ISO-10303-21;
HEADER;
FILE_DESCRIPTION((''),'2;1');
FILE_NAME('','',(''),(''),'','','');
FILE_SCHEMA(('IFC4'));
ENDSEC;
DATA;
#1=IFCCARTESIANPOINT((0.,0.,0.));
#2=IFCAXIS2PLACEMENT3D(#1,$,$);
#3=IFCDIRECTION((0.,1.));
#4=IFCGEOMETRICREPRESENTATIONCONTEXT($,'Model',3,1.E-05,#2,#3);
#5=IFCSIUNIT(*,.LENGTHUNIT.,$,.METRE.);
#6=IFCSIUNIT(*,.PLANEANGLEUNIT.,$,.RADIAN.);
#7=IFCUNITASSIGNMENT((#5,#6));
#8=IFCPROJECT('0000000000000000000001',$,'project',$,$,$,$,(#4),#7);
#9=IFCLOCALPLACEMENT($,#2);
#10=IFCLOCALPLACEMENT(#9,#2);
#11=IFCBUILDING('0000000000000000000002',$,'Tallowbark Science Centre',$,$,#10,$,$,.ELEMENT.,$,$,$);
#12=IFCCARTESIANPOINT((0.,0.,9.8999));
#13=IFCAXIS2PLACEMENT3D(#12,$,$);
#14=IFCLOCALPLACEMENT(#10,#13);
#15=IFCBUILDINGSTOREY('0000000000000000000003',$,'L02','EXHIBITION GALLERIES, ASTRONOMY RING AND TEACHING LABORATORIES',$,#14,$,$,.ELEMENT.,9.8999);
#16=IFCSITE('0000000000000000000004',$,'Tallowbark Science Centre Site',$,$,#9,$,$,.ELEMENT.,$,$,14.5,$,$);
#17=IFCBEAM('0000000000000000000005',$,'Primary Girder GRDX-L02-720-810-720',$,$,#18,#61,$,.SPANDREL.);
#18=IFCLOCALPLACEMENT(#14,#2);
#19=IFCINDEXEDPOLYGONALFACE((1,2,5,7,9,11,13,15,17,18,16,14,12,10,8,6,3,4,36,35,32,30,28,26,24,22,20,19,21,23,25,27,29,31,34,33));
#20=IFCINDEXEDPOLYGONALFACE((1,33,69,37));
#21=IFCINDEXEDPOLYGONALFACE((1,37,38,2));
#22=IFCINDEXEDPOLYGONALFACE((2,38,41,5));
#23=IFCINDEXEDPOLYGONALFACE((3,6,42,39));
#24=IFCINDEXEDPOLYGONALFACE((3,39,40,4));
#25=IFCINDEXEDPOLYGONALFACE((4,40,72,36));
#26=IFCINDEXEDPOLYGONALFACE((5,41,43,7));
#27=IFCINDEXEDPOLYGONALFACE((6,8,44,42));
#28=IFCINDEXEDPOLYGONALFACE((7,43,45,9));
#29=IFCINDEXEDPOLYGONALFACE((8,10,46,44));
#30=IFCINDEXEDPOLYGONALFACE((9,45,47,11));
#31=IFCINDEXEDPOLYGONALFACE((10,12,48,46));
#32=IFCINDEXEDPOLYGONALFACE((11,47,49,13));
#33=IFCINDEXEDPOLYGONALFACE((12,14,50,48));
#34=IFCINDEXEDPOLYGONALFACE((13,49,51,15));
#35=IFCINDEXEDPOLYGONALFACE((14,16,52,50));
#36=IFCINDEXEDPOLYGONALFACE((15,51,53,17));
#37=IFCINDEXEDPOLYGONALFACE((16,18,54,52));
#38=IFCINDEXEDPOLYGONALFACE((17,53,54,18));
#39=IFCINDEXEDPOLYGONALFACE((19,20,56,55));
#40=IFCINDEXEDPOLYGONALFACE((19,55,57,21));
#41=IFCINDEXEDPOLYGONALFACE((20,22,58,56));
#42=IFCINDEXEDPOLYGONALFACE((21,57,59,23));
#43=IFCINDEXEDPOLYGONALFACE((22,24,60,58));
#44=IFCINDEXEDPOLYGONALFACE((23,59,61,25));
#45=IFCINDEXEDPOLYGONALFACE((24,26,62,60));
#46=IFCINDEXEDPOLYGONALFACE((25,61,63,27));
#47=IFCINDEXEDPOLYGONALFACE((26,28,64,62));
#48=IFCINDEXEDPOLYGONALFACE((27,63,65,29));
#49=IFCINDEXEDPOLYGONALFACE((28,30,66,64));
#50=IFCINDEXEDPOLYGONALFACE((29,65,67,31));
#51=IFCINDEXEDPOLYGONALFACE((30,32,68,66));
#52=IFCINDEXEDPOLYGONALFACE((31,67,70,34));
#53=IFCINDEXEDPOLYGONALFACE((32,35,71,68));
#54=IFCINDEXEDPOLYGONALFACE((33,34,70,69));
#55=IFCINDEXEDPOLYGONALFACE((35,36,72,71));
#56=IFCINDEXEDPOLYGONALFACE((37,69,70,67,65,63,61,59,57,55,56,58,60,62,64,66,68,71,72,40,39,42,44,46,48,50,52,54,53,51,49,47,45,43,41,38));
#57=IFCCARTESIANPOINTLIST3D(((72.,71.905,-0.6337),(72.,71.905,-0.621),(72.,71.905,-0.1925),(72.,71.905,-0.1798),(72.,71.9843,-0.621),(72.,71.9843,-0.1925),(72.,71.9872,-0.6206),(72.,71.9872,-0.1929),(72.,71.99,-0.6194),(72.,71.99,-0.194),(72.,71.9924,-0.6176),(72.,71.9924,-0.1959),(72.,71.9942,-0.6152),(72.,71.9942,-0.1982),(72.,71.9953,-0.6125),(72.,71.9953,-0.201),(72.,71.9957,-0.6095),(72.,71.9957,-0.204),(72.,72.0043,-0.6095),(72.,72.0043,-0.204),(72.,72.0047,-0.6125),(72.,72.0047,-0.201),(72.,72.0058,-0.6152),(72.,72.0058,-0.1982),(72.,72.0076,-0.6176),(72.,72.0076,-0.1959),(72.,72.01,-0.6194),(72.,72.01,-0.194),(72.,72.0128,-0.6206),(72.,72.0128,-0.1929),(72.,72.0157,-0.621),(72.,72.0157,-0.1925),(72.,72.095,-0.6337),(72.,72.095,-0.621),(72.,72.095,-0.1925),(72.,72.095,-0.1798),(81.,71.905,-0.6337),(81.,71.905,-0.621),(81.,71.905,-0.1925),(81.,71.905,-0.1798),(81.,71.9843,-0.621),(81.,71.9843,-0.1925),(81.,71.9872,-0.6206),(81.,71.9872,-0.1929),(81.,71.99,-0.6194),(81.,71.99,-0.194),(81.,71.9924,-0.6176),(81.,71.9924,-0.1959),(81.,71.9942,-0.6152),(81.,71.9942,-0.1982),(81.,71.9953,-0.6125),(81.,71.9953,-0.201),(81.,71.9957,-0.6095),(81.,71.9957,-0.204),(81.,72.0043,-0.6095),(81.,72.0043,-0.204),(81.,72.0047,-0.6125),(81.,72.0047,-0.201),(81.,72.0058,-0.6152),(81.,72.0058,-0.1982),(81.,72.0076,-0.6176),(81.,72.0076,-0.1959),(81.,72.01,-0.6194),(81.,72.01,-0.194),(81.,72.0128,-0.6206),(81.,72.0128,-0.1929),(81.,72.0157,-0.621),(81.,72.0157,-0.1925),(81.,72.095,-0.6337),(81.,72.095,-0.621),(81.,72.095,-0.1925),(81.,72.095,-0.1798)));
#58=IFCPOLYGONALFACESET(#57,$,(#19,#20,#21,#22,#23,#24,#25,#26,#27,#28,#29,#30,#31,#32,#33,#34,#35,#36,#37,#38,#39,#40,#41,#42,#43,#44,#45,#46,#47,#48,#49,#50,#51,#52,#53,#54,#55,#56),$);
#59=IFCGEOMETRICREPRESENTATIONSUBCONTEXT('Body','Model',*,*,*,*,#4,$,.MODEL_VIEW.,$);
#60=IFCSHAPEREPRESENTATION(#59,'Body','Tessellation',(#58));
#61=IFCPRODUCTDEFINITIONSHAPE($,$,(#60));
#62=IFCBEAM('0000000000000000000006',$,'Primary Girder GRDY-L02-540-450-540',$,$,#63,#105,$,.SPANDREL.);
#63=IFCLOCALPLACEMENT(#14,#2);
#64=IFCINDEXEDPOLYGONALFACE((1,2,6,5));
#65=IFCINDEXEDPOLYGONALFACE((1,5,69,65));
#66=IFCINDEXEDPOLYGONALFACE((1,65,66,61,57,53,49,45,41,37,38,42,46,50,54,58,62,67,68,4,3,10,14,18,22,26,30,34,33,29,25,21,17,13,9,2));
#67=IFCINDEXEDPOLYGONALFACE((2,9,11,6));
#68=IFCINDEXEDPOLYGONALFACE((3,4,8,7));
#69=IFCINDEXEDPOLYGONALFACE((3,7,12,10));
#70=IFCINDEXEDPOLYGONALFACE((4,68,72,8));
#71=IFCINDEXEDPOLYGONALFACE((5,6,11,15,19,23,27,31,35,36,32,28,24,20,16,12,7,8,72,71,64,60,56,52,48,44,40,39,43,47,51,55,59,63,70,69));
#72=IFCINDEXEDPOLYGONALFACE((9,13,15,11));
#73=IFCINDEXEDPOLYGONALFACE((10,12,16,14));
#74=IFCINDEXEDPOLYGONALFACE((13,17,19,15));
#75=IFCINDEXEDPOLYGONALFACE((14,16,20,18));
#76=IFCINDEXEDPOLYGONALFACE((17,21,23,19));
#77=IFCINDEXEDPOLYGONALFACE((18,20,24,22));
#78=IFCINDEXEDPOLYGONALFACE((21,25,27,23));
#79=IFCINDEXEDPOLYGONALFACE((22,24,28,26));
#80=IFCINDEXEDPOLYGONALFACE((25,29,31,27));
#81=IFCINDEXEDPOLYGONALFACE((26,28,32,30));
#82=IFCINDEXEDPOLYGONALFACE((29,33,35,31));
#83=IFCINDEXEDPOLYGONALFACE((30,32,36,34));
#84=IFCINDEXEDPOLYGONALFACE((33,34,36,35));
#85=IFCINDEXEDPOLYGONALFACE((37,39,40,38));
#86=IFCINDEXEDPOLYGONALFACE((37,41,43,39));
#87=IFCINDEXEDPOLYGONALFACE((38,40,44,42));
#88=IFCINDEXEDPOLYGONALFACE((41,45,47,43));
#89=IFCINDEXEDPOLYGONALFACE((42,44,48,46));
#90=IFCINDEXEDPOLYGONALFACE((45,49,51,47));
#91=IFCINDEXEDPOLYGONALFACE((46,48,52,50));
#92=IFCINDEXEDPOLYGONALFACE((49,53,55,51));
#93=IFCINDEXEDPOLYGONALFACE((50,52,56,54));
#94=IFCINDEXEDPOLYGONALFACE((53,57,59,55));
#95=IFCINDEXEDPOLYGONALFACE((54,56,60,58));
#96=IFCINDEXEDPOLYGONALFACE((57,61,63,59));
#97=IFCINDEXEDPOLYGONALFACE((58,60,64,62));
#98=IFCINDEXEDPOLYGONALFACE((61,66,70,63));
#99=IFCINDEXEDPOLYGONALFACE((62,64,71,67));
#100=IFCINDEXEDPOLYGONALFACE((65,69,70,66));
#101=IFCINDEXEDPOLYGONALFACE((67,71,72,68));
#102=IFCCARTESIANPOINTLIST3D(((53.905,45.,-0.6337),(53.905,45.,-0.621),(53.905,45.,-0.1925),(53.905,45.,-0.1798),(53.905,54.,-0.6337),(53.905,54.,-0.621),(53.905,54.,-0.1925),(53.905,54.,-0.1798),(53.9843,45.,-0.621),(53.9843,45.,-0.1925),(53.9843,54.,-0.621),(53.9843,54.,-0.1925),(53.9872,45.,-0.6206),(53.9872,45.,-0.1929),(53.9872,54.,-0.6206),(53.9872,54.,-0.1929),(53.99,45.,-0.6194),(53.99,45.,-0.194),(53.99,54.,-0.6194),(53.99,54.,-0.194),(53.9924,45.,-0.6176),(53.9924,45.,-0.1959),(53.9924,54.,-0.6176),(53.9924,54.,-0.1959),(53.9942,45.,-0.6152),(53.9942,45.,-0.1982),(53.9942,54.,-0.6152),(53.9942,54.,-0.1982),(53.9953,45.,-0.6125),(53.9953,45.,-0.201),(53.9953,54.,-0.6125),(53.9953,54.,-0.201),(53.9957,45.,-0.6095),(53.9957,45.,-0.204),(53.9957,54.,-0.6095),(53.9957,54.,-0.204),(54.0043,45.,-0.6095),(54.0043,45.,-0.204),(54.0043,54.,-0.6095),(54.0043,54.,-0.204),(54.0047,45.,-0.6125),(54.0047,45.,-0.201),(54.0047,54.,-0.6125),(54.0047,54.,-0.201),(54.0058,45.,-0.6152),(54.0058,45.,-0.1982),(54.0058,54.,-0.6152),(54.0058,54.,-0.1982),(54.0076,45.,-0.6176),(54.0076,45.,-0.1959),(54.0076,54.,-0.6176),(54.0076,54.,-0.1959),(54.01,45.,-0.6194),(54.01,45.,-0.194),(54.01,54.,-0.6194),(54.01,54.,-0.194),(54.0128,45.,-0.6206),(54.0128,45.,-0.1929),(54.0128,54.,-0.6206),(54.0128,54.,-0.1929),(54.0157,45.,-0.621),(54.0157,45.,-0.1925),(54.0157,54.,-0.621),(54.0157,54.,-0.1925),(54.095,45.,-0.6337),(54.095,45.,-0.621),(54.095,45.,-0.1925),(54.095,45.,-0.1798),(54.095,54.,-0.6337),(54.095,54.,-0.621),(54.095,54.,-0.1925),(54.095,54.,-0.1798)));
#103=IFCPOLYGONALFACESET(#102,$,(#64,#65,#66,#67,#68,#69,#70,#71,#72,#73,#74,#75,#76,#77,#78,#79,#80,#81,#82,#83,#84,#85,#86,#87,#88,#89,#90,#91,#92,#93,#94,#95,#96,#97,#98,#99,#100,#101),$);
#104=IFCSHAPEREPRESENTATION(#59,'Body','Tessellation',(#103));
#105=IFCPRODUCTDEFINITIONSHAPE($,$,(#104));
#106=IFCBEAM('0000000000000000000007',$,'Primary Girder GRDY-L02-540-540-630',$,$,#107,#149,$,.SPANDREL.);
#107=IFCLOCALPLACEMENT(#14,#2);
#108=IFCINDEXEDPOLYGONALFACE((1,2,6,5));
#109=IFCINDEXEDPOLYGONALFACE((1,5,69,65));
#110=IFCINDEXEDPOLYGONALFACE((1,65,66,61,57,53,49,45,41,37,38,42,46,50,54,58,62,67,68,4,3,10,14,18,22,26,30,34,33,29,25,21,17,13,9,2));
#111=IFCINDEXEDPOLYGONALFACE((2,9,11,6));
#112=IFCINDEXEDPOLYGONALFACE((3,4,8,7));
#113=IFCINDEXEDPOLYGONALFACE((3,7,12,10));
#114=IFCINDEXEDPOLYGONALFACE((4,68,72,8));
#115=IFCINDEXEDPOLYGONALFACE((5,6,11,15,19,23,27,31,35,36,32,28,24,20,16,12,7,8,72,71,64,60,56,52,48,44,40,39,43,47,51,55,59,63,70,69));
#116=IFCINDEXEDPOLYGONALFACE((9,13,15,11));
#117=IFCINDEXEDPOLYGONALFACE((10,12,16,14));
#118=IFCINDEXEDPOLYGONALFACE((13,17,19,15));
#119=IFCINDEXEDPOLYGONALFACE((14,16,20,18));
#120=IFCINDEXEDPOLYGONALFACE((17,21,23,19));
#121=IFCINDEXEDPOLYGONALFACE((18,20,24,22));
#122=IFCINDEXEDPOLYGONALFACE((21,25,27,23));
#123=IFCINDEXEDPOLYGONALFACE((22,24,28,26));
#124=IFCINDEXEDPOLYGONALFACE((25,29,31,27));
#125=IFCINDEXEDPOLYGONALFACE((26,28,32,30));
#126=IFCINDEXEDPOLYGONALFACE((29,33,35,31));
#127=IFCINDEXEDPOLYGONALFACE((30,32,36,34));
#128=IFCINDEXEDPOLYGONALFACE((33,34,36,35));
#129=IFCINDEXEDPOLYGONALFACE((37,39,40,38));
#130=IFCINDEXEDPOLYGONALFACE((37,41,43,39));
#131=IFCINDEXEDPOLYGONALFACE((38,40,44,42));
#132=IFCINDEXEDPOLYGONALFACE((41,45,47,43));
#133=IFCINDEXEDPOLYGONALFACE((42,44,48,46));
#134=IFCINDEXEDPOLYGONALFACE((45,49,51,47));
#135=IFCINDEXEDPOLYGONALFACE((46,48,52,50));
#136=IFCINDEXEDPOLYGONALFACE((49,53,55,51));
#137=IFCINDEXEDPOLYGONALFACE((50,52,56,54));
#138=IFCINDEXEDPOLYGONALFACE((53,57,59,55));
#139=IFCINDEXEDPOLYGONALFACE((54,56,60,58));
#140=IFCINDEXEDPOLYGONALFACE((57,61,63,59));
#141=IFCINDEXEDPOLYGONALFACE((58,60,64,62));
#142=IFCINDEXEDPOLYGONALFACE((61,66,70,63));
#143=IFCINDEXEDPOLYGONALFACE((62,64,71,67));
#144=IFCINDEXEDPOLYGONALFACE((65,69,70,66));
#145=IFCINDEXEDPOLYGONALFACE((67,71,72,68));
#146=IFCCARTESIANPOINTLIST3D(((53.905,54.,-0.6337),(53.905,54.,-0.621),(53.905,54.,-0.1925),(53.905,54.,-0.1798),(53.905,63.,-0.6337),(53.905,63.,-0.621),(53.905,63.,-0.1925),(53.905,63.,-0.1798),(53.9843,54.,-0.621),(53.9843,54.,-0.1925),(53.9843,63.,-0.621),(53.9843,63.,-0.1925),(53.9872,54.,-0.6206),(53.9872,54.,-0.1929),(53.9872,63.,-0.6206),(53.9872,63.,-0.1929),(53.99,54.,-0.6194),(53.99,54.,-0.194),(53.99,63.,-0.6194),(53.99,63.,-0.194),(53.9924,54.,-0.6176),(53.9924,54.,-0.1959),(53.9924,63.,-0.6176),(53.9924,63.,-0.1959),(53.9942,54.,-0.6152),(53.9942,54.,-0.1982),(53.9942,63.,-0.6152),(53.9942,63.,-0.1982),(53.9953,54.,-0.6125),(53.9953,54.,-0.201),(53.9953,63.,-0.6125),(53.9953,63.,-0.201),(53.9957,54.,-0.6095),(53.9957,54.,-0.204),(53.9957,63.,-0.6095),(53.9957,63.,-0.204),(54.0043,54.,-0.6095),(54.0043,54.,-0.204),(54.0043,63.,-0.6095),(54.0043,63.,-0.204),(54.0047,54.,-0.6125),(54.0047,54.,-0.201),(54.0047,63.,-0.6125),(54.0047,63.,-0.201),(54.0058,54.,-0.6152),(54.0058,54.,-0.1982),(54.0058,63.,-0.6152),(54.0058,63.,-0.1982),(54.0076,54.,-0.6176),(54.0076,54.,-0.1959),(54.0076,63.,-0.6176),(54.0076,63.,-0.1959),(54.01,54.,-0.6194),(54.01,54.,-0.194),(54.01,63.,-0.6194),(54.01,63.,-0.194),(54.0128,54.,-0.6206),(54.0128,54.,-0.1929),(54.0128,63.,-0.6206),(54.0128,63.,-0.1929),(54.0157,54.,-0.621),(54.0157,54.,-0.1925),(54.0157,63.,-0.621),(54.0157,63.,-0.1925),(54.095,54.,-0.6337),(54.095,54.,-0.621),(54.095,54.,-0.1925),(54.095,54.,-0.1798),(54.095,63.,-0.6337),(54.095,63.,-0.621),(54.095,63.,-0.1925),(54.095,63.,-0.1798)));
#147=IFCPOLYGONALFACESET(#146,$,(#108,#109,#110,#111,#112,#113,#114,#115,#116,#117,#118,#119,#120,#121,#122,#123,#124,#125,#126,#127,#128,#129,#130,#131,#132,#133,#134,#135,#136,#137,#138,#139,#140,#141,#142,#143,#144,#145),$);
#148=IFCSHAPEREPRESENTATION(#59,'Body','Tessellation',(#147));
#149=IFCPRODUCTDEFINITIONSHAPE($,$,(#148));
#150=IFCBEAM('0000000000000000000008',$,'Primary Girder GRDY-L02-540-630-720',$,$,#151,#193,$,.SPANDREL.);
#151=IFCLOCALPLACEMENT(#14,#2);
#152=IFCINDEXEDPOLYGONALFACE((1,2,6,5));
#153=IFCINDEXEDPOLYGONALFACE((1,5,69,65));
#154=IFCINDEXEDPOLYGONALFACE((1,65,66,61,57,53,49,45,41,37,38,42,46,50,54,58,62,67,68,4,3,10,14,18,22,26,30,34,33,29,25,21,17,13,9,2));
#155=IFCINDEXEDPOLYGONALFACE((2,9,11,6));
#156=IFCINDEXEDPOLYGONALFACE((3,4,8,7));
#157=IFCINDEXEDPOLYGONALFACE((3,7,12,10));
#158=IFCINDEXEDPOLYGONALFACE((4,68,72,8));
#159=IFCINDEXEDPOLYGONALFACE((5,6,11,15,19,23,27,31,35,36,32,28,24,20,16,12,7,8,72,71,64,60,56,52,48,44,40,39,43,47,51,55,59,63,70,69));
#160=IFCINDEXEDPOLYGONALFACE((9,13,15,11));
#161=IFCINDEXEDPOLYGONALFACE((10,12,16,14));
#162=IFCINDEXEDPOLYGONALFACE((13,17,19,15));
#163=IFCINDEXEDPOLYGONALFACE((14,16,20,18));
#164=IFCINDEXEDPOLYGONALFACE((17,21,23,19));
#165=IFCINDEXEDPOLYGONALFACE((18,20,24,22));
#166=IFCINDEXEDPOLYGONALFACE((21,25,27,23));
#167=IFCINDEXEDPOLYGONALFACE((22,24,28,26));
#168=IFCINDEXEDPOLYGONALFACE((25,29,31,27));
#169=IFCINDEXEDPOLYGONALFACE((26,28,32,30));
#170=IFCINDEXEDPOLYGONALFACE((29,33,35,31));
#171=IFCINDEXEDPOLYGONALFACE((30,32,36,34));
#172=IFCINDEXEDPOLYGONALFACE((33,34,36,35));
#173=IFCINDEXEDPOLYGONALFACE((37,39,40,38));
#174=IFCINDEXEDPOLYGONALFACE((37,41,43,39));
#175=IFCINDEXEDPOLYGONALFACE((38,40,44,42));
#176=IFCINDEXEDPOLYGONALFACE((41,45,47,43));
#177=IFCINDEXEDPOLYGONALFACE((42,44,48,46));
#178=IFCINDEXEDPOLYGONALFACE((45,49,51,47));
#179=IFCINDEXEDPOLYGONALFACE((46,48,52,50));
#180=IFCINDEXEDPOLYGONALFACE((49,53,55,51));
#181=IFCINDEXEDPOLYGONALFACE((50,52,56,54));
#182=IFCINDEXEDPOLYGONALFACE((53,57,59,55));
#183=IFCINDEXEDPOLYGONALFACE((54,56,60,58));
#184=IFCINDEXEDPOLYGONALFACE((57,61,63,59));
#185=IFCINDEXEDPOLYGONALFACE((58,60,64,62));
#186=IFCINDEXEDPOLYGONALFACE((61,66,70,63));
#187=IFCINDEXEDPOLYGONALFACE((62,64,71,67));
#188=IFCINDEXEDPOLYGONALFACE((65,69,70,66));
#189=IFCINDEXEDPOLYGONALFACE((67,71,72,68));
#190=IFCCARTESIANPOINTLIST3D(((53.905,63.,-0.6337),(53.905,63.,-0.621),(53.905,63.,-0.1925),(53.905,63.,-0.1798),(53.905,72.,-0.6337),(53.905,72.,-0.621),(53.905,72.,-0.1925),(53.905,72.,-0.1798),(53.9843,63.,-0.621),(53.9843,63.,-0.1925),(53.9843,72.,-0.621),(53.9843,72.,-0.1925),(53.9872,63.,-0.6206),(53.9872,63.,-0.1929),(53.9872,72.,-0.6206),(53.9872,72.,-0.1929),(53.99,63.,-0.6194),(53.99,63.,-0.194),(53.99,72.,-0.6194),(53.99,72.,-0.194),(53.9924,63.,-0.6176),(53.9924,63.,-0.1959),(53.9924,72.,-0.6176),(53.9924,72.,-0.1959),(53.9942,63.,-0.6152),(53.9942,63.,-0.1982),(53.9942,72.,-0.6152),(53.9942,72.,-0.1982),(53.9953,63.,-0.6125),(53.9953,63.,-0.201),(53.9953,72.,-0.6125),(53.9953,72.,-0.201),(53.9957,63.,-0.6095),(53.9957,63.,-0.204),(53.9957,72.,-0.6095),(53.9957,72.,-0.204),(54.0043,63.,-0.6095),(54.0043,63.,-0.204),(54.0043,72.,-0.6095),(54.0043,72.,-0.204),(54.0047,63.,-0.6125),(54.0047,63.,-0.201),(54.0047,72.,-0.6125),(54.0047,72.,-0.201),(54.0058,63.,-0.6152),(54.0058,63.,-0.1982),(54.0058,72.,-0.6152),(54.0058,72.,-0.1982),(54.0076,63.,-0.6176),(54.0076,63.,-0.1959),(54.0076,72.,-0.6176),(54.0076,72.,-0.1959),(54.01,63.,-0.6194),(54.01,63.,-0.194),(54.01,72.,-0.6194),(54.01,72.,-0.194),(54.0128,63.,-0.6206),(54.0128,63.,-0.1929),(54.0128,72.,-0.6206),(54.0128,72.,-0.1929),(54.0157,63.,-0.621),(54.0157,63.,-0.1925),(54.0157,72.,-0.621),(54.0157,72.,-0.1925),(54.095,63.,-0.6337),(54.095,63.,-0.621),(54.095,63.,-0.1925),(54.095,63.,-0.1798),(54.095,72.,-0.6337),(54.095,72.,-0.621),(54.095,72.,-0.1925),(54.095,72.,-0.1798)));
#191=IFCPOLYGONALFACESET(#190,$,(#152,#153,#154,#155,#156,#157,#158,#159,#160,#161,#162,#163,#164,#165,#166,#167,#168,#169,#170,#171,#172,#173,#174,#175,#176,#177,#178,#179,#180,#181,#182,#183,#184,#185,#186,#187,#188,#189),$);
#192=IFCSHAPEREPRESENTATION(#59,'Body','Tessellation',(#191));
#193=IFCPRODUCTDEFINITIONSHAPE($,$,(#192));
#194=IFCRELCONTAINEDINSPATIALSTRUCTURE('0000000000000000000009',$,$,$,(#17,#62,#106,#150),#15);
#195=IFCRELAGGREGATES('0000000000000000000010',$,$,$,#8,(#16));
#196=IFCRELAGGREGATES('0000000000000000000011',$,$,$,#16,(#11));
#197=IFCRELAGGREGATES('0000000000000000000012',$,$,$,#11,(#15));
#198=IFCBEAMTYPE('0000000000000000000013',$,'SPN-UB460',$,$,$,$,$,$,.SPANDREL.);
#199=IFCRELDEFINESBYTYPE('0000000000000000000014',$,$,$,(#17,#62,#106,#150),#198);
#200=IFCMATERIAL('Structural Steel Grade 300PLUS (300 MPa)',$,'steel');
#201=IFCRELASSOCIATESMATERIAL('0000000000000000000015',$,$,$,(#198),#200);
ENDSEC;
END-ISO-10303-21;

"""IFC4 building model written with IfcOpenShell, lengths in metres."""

from ifc_helpers import new_model, si_unit, direction, frame, origin, origin_2d, place, context, subcontext, project, spatial, i_section, extrude, material, material_profile, profile_set, type_object, element, save


model = new_model("IFC4")

# Units and contexts
model_context = context("Model", 3, precision=1e-05, world=origin(), true_north=direction((0.0, 1.0)))
body_context = subcontext(model_context, "Body", "Model", "MODEL_VIEW")
ifc_project = project(units=[si_unit("LENGTHUNIT", "METRE"), si_unit("PLANEANGLEUNIT", "RADIAN")], contexts=[model_context])

# Site, building, storey
site_placement = place(None, origin())
site = spatial("IfcSite", under=ifc_project, at=site_placement, Name="Tallowbark Science Centre Site", CompositionType="ELEMENT", RefElevation=14.5)
building_placement = place(site_placement, origin())
building = spatial("IfcBuilding", under=site, at=building_placement, Name="Tallowbark Science Centre", CompositionType="ELEMENT")
storey_placement = place(building_placement, frame((0.0, 0.0, 9.8999)))
storey = spatial("IfcBuildingStorey", under=building, at=storey_placement, Name="L02", Description="EXHIBITION GALLERIES, ASTRONOMY RING AND TEACHING LABORATORIES", CompositionType="ELEMENT", Elevation=9.8999)

# Shared definitions
ifc_material_1 = material(Name="Structural Steel Grade 300PLUS (300 MPa)", Category="steel")

# Beams
ifc_material_profile_1 = material_profile(ifc_material_1, i_section(OverallWidth=0.1899, OverallDepth=0.4539, WebThickness=0.0085, FlangeThickness=0.0127, FilletRadius=0.0115, at=origin_2d()), Name="460UB67.1")
ifc_profile_set_1 = profile_set([ifc_material_profile_1], Name="Structural Steel Grade 300PLUS (300 MPa)")
beam_type_1 = type_object("IfcBeamType", Name="SPN-UB460", PredefinedType="SPANDREL", material=ifc_profile_set_1)
for number, where, z_axis, x_axis, name in (
    (1, (72.0, 72.0, -0.4067), (1.0, 0.0, 0.0), (0.0, 1.0, 0.0), "Primary Girder GRDX-L02-720-810-720"),
    (2, (54.0, 45.0, -0.4067), (0.0, 1.0, 0.0), (-1.0, 0.0, 0.0), "Primary Girder GRDY-L02-540-450-540"),
    (3, (54.0, 54.0, -0.4067), (0.0, 1.0, 0.0), (-1.0, 0.0, 0.0), "Primary Girder GRDY-L02-540-540-630"),
    (4, (54.0, 63.0, -0.4067), (0.0, 1.0, 0.0), (-1.0, 0.0, 0.0), "Primary Girder GRDY-L02-540-630-720"),
):
    element("IfcBeam", number, at=place(storey_placement, frame(where, z_axis=z_axis, x_axis=x_axis)), inside=storey, type_object=beam_type_1, Name=name, PredefinedType="SPANDREL", context=body_context, shape_type="SweptSolid", body=[
        extrude(i_section(OverallWidth=0.1899, OverallDepth=0.4539, WebThickness=0.0085, FlangeThickness=0.0127, FilletRadius=0.0115, at=origin_2d()), origin(), (0.0, 0.0, 1.0), 9.0),
    ])

save(model, "model.ifc")
